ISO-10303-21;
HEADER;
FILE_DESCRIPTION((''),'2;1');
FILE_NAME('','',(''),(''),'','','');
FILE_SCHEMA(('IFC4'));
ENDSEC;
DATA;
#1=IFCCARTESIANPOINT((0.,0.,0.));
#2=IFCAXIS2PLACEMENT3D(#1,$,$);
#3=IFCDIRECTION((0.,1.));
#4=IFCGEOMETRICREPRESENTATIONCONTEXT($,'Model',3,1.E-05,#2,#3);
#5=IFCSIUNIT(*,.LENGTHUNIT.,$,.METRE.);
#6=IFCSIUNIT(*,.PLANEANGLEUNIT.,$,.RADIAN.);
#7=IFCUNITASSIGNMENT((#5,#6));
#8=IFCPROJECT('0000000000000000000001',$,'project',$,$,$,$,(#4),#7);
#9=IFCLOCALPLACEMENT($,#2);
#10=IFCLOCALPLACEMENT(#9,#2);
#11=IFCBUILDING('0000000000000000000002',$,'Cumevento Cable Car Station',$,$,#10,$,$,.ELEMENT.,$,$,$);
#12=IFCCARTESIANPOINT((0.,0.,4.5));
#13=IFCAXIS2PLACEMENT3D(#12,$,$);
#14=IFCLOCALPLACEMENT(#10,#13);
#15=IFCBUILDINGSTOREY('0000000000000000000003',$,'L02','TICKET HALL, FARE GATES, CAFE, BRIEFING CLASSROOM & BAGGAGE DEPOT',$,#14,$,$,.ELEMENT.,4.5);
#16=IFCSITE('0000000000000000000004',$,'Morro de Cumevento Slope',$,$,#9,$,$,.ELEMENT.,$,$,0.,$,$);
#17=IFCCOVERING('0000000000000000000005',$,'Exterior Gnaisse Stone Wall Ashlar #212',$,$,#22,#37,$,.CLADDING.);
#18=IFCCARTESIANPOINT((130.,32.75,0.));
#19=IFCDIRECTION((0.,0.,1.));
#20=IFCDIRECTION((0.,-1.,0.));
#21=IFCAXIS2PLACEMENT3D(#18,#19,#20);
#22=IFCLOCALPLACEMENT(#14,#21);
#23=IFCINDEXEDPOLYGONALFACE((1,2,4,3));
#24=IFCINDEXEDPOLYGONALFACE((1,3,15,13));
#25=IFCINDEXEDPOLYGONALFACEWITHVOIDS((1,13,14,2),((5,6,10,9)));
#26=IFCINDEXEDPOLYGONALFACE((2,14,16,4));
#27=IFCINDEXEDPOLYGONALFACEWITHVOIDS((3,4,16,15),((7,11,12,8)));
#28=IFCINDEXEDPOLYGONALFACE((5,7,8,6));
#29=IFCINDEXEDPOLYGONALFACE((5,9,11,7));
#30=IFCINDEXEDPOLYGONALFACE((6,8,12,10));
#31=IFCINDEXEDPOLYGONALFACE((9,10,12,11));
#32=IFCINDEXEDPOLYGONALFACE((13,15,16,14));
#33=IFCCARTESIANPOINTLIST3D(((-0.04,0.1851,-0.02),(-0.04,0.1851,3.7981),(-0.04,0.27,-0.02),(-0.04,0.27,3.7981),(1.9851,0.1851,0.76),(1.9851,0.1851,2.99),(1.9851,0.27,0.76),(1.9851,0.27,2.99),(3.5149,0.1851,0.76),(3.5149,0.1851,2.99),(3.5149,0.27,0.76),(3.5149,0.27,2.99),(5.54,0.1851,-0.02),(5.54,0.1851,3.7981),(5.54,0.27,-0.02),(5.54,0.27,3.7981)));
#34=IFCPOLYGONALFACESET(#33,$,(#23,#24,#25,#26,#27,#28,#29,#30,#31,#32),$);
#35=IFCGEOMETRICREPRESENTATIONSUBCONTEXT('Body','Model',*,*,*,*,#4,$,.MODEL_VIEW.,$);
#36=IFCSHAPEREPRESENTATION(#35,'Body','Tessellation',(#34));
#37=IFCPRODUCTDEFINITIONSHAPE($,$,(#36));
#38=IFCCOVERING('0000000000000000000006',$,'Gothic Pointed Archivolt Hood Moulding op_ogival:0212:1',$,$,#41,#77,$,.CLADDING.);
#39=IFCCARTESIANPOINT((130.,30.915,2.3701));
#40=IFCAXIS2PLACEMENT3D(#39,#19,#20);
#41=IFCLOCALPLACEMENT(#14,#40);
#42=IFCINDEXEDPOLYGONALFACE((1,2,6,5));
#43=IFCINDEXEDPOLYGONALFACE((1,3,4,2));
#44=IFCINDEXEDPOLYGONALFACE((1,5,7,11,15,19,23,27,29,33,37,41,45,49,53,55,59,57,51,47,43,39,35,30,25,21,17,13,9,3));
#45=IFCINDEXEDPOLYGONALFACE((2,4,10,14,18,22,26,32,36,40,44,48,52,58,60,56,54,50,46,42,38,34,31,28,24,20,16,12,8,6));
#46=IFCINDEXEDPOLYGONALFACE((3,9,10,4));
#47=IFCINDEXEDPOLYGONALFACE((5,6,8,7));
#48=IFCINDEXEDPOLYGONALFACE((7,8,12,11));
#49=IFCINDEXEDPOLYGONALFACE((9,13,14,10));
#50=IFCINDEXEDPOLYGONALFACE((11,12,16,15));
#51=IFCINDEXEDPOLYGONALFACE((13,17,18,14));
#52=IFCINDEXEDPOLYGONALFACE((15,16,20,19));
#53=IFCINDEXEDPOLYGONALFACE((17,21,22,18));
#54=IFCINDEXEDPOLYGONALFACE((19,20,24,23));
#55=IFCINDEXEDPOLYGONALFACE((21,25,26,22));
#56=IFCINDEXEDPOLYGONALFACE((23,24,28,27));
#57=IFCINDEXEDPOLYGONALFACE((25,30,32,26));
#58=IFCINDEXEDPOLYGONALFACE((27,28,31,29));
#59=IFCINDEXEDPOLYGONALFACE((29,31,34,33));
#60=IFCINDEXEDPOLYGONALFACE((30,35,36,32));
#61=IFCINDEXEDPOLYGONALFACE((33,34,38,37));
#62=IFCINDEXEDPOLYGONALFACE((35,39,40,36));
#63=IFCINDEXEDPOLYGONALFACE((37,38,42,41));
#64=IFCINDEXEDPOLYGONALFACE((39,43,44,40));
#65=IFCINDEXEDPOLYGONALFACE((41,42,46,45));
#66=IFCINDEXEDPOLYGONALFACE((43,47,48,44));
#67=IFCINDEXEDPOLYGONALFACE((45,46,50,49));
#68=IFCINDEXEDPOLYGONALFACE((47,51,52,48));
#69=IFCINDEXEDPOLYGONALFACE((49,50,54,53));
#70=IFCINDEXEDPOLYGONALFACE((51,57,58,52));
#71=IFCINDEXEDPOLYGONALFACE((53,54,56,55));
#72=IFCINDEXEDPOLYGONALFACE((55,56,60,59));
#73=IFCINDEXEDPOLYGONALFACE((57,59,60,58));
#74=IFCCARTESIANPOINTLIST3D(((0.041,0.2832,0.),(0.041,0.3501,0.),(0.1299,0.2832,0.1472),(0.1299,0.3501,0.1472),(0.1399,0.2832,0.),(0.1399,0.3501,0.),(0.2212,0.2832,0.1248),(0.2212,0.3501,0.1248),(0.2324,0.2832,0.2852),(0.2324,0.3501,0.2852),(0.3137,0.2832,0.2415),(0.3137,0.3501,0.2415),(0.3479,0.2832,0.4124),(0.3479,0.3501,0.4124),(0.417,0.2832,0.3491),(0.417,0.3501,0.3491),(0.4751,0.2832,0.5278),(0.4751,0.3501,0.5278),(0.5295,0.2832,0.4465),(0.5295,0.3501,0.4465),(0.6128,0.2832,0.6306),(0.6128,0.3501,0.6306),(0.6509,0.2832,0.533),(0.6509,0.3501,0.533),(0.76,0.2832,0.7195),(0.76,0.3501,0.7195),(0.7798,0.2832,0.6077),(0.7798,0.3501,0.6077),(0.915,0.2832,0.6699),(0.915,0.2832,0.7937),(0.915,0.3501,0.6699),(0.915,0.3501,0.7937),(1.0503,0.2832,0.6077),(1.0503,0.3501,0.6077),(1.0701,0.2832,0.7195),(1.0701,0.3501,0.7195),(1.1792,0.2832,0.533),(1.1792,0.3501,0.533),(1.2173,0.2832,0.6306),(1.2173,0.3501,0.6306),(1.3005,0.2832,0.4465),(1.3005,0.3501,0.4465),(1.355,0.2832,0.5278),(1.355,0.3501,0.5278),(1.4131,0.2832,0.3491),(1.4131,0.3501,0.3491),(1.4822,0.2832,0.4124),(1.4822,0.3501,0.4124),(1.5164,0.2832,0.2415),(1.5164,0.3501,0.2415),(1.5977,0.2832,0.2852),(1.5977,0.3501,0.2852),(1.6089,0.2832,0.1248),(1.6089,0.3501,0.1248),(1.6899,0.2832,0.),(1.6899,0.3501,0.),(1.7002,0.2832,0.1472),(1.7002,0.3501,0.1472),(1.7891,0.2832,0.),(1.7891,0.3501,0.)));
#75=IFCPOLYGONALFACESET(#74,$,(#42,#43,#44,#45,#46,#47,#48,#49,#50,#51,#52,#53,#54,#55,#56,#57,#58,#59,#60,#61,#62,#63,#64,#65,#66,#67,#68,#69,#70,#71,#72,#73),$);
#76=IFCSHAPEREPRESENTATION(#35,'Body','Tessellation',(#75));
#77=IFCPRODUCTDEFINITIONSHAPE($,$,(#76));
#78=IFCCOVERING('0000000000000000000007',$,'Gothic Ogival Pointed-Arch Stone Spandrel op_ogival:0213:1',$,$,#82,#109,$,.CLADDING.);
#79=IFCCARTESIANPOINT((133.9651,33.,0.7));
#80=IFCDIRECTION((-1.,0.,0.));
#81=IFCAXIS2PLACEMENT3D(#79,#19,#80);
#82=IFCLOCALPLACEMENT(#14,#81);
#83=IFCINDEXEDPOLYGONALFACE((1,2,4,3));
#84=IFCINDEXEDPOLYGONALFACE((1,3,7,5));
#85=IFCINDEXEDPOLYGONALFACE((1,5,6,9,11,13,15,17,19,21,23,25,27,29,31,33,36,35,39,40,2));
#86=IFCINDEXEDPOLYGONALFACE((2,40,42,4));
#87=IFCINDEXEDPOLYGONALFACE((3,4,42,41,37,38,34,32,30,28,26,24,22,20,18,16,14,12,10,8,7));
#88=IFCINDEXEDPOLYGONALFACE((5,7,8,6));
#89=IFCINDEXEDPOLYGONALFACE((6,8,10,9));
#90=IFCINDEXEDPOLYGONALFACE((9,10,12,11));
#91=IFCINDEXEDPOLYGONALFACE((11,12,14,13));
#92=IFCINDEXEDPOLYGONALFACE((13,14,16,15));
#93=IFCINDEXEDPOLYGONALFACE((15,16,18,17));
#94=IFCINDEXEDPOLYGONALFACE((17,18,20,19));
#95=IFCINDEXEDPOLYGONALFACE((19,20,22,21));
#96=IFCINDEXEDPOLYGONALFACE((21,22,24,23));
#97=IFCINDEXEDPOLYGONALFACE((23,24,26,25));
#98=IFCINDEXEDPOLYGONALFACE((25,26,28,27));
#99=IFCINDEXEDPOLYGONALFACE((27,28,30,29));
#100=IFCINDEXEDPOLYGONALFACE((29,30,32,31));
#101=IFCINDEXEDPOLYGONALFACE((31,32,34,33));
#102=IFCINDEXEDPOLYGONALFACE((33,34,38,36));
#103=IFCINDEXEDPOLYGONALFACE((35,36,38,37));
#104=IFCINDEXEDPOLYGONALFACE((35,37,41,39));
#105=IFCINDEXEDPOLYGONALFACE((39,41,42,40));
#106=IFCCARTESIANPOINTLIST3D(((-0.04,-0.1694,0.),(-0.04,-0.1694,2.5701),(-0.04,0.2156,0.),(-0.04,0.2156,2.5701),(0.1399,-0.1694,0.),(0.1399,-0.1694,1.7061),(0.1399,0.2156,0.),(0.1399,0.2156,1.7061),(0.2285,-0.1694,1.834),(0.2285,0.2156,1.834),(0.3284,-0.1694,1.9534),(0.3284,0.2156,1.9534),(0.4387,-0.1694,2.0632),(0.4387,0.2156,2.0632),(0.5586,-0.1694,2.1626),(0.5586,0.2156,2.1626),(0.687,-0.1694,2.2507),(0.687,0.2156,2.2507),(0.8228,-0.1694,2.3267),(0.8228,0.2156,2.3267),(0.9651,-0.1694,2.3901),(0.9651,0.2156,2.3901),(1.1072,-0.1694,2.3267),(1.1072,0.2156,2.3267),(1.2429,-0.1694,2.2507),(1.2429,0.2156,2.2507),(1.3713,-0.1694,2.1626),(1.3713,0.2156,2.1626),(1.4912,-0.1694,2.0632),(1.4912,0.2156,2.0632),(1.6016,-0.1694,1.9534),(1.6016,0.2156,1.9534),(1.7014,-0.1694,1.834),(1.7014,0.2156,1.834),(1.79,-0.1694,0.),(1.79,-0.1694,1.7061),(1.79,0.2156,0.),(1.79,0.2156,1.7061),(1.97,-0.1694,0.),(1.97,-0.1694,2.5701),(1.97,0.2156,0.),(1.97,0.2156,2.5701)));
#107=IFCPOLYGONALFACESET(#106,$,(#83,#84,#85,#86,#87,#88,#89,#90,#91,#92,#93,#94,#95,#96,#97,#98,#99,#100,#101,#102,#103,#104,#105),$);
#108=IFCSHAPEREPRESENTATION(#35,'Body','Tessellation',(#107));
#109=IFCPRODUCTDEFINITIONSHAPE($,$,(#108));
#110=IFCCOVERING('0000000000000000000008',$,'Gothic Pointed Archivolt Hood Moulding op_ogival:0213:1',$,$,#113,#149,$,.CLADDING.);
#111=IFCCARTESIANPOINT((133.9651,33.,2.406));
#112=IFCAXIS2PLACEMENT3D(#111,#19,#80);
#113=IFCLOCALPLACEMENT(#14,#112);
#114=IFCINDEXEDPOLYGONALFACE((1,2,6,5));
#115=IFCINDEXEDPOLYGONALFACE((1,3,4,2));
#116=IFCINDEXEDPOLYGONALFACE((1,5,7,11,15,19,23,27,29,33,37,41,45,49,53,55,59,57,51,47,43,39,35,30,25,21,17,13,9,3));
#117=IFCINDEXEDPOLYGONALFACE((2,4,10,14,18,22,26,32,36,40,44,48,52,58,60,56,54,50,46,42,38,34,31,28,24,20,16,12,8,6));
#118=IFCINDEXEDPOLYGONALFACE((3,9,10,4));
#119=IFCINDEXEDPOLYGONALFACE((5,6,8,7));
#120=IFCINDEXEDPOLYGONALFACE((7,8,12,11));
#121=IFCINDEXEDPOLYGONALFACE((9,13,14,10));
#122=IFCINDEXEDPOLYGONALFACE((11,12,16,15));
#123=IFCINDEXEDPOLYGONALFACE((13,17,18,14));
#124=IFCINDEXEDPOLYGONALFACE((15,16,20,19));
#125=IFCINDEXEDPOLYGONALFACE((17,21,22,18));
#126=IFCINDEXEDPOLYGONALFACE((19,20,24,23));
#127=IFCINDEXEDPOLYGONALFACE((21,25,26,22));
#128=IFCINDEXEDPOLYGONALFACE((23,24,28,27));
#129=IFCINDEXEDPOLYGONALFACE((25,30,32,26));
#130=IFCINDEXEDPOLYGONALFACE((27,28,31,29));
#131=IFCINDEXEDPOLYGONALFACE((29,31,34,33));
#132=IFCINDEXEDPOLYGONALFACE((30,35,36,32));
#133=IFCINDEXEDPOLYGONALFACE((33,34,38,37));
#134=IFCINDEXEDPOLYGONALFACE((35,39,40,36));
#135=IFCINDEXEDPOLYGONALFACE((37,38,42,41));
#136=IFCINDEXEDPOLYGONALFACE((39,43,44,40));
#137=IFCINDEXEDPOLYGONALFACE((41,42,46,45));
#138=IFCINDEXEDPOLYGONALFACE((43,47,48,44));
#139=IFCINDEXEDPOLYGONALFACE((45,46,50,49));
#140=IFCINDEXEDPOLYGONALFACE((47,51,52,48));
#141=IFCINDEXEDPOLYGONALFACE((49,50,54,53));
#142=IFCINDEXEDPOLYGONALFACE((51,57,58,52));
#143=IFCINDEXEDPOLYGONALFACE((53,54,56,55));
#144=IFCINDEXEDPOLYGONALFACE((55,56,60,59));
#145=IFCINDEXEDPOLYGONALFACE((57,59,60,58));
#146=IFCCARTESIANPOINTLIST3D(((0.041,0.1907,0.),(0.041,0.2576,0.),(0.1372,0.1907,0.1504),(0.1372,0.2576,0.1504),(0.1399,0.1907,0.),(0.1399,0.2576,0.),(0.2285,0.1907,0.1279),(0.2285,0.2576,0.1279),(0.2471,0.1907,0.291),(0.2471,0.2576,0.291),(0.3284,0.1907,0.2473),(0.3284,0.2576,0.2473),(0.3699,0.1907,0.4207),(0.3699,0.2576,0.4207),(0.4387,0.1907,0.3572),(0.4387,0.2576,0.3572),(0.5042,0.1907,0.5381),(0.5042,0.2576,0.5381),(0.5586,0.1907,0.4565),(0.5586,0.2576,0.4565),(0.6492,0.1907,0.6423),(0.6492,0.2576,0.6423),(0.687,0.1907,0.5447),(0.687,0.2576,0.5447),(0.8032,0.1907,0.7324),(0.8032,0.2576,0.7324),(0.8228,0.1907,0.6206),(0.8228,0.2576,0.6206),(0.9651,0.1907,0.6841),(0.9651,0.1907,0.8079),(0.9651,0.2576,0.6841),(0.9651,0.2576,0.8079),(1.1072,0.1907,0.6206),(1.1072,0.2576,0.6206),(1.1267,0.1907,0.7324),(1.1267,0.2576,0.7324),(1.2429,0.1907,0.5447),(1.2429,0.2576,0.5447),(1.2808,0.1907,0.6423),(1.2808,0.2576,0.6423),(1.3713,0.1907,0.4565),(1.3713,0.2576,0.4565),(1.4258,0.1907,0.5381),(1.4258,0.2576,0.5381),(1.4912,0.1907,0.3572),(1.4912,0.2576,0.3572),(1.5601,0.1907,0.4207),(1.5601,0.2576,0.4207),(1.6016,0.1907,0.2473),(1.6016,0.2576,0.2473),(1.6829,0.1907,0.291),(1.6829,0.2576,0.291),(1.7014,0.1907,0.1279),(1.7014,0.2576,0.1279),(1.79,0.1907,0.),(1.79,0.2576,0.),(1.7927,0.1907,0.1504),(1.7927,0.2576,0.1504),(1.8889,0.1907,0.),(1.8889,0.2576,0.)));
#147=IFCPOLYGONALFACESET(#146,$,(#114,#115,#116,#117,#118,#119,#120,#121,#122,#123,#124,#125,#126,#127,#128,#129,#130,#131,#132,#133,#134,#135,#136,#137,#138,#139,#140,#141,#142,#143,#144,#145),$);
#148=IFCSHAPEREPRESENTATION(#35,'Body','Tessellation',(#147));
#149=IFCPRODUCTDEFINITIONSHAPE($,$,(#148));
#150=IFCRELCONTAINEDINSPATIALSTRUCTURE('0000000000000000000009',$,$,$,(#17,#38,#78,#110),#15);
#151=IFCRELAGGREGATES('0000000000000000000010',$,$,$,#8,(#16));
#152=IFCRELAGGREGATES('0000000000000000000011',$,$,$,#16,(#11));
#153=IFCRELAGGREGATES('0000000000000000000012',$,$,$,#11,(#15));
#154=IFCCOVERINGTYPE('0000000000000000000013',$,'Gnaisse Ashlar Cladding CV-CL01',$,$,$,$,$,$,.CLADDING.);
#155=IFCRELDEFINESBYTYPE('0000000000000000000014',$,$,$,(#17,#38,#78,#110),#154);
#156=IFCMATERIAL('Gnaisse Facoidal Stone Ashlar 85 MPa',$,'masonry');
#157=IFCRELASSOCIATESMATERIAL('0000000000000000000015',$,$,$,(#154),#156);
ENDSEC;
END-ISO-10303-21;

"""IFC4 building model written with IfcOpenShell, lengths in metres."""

from ifc_helpers import new_model, si_unit, direction, frame, origin, place, context, subcontext, project, spatial, polyline, outline, extrude, material, type_object, element, save


model = new_model("IFC4")

# Units and contexts
model_context = context("Model", 3, precision=1e-05, world=origin(), true_north=direction((0.0, 1.0)))
body_context = subcontext(model_context, "Body", "Model", "MODEL_VIEW")
ifc_project = project(units=[si_unit("LENGTHUNIT", "METRE"), si_unit("PLANEANGLEUNIT", "RADIAN")], contexts=[model_context])

# Site, building, storey
site_placement = place(None, origin())
site = spatial("IfcSite", under=ifc_project, at=site_placement, Name="Morro de Cumevento Slope", CompositionType="ELEMENT", RefElevation=0.0)
building_placement = place(site_placement, origin())
building = spatial("IfcBuilding", under=site, at=building_placement, Name="Cumevento Cable Car Station", CompositionType="ELEMENT")
storey_placement = place(building_placement, frame((0.0, 0.0, 4.5)))
storey = spatial("IfcBuildingStorey", under=building, at=storey_placement, Name="L02", Description="TICKET HALL, FARE GATES, CAFE, BRIEFING CLASSROOM & BAGGAGE DEPOT", CompositionType="ELEMENT", Elevation=4.5)

# Coverings
ifc_material_1 = material(Name="Gnaisse Facoidal Stone Ashlar 85 MPa", Category="masonry")
covering_type = type_object("IfcCoveringType", Name="Gnaisse Ashlar Cladding CV-CL01", PredefinedType="CLADDING", material=ifc_material_1)
covering_1_placement = place(storey_placement, frame((130.0, 32.75, 0.0), z_axis=(0.0, 0.0, 1.0), x_axis=(0.0, -1.0, 0.0)))
element("IfcCovering", 1, at=covering_1_placement, inside=storey, type_object=covering_type, Name="Exterior Gnaisse Stone Wall Ashlar #212", PredefinedType="CLADDING", context=body_context, shape_type="SweptSolid", body=[
    extrude(outline(polyline([(-0.04, -0.02), (5.54, -0.02), (5.54, 3.7981), (-0.04, 3.7981), (-0.04, -0.02)]), holes=[polyline([(1.9851, 0.76), (3.5149, 0.76), (3.5149, 2.99), (1.9851, 2.99), (1.9851, 0.76)])]), frame((0.0, 0.27, 0.0), z_axis=(0.0, -1.0, 0.0), x_axis=(1.0, 0.0, 0.0)), (0.0, 0.0, 1.0), 0.085),
])
covering_2_placement = place(storey_placement, frame((130.0, 30.915, 2.3701), z_axis=(0.0, 0.0, 1.0), x_axis=(0.0, -1.0, 0.0)))
element("IfcCovering", 2, at=covering_2_placement, inside=storey, type_object=covering_type, Name="Gothic Pointed Archivolt Hood Moulding op_ogival:0212:1", PredefinedType="CLADDING", context=body_context, shape_type="SweptSolid", body=[
    extrude(outline(polyline([(0.1399, 0.0), (0.2212, 0.1248), (0.3137, 0.2415), (0.417, 0.3491), (0.5295, 0.4465), (0.6509, 0.533), (0.7798, 0.6077), (0.915, 0.6699), (1.0503, 0.6077), (1.1792, 0.533), (1.3005, 0.4465), (1.4131, 0.3491), (1.5164, 0.2415), (1.6089, 0.1248), (1.6899, 0.0), (1.7891, 0.0), (1.7002, 0.1472), (1.5977, 0.2852), (1.4822, 0.4124), (1.355, 0.5278), (1.2173, 0.6306), (1.0701, 0.7195), (0.915, 0.7937), (0.76, 0.7195), (0.6128, 0.6306), (0.4751, 0.5278), (0.3479, 0.4124), (0.2324, 0.2852), (0.1299, 0.1472), (0.041, 0.0), (0.1399, 0.0)])), frame((0.0, 0.3501, 0.0), z_axis=(0.0, -1.0, 0.0), x_axis=(1.0, 0.0, 0.0)), (0.0, 0.0, 1.0), 0.0669),
])
covering_3_placement = place(storey_placement, frame((133.9651, 33.0, 0.7), z_axis=(0.0, 0.0, 1.0), x_axis=(-1.0, 0.0, 0.0)))
element("IfcCovering", 3, at=covering_3_placement, inside=storey, type_object=covering_type, Name="Gothic Ogival Pointed-Arch Stone Spandrel op_ogival:0213:1", PredefinedType="CLADDING", context=body_context, shape_type="SweptSolid", body=[
    extrude(outline(polyline([(-0.04, 0.0), (-0.04, 2.5701), (1.97, 2.5701), (1.97, 0.0), (1.79, 0.0), (1.79, 1.7061), (1.7014, 1.834), (1.6016, 1.9534), (1.4912, 2.0632), (1.3713, 2.1626), (1.2429, 2.2507), (1.1072, 2.3267), (0.9651, 2.3901), (0.8228, 2.3267), (0.687, 2.2507), (0.5586, 2.1626), (0.4387, 2.0632), (0.3284, 1.9534), (0.2285, 1.834), (0.1399, 1.7061), (0.1399, 0.0), (-0.04, 0.0)])), frame((0.0, 0.2156, 0.0), z_axis=(0.0, -1.0, 0.0), x_axis=(1.0, 0.0, 0.0)), (0.0, 0.0, 1.0), 0.385),
])
covering_4_placement = place(storey_placement, frame((133.9651, 33.0, 2.406), z_axis=(0.0, 0.0, 1.0), x_axis=(-1.0, 0.0, 0.0)))
element("IfcCovering", 4, at=covering_4_placement, inside=storey, type_object=covering_type, Name="Gothic Pointed Archivolt Hood Moulding op_ogival:0213:1", PredefinedType="CLADDING", context=body_context, shape_type="SweptSolid", body=[
    extrude(outline(polyline([(0.1399, 0.0), (0.2285, 0.1279), (0.3284, 0.2473), (0.4387, 0.3572), (0.5586, 0.4565), (0.687, 0.5447), (0.8228, 0.6206), (0.9651, 0.6841), (1.1072, 0.6206), (1.2429, 0.5447), (1.3713, 0.4565), (1.4912, 0.3572), (1.6016, 0.2473), (1.7014, 0.1279), (1.79, 0.0), (1.8889, 0.0), (1.7927, 0.1504), (1.6829, 0.291), (1.5601, 0.4207), (1.4258, 0.5381), (1.2808, 0.6423), (1.1267, 0.7324), (0.9651, 0.8079), (0.8032, 0.7324), (0.6492, 0.6423), (0.5042, 0.5381), (0.3699, 0.4207), (0.2471, 0.291), (0.1372, 0.1504), (0.041, 0.0), (0.1399, 0.0)])), frame((0.0, 0.2576, 0.0), z_axis=(0.0, -1.0, 0.0), x_axis=(1.0, 0.0, 0.0)), (0.0, 0.0, 1.0), 0.0669),
])

save(model, "model.ifc")
